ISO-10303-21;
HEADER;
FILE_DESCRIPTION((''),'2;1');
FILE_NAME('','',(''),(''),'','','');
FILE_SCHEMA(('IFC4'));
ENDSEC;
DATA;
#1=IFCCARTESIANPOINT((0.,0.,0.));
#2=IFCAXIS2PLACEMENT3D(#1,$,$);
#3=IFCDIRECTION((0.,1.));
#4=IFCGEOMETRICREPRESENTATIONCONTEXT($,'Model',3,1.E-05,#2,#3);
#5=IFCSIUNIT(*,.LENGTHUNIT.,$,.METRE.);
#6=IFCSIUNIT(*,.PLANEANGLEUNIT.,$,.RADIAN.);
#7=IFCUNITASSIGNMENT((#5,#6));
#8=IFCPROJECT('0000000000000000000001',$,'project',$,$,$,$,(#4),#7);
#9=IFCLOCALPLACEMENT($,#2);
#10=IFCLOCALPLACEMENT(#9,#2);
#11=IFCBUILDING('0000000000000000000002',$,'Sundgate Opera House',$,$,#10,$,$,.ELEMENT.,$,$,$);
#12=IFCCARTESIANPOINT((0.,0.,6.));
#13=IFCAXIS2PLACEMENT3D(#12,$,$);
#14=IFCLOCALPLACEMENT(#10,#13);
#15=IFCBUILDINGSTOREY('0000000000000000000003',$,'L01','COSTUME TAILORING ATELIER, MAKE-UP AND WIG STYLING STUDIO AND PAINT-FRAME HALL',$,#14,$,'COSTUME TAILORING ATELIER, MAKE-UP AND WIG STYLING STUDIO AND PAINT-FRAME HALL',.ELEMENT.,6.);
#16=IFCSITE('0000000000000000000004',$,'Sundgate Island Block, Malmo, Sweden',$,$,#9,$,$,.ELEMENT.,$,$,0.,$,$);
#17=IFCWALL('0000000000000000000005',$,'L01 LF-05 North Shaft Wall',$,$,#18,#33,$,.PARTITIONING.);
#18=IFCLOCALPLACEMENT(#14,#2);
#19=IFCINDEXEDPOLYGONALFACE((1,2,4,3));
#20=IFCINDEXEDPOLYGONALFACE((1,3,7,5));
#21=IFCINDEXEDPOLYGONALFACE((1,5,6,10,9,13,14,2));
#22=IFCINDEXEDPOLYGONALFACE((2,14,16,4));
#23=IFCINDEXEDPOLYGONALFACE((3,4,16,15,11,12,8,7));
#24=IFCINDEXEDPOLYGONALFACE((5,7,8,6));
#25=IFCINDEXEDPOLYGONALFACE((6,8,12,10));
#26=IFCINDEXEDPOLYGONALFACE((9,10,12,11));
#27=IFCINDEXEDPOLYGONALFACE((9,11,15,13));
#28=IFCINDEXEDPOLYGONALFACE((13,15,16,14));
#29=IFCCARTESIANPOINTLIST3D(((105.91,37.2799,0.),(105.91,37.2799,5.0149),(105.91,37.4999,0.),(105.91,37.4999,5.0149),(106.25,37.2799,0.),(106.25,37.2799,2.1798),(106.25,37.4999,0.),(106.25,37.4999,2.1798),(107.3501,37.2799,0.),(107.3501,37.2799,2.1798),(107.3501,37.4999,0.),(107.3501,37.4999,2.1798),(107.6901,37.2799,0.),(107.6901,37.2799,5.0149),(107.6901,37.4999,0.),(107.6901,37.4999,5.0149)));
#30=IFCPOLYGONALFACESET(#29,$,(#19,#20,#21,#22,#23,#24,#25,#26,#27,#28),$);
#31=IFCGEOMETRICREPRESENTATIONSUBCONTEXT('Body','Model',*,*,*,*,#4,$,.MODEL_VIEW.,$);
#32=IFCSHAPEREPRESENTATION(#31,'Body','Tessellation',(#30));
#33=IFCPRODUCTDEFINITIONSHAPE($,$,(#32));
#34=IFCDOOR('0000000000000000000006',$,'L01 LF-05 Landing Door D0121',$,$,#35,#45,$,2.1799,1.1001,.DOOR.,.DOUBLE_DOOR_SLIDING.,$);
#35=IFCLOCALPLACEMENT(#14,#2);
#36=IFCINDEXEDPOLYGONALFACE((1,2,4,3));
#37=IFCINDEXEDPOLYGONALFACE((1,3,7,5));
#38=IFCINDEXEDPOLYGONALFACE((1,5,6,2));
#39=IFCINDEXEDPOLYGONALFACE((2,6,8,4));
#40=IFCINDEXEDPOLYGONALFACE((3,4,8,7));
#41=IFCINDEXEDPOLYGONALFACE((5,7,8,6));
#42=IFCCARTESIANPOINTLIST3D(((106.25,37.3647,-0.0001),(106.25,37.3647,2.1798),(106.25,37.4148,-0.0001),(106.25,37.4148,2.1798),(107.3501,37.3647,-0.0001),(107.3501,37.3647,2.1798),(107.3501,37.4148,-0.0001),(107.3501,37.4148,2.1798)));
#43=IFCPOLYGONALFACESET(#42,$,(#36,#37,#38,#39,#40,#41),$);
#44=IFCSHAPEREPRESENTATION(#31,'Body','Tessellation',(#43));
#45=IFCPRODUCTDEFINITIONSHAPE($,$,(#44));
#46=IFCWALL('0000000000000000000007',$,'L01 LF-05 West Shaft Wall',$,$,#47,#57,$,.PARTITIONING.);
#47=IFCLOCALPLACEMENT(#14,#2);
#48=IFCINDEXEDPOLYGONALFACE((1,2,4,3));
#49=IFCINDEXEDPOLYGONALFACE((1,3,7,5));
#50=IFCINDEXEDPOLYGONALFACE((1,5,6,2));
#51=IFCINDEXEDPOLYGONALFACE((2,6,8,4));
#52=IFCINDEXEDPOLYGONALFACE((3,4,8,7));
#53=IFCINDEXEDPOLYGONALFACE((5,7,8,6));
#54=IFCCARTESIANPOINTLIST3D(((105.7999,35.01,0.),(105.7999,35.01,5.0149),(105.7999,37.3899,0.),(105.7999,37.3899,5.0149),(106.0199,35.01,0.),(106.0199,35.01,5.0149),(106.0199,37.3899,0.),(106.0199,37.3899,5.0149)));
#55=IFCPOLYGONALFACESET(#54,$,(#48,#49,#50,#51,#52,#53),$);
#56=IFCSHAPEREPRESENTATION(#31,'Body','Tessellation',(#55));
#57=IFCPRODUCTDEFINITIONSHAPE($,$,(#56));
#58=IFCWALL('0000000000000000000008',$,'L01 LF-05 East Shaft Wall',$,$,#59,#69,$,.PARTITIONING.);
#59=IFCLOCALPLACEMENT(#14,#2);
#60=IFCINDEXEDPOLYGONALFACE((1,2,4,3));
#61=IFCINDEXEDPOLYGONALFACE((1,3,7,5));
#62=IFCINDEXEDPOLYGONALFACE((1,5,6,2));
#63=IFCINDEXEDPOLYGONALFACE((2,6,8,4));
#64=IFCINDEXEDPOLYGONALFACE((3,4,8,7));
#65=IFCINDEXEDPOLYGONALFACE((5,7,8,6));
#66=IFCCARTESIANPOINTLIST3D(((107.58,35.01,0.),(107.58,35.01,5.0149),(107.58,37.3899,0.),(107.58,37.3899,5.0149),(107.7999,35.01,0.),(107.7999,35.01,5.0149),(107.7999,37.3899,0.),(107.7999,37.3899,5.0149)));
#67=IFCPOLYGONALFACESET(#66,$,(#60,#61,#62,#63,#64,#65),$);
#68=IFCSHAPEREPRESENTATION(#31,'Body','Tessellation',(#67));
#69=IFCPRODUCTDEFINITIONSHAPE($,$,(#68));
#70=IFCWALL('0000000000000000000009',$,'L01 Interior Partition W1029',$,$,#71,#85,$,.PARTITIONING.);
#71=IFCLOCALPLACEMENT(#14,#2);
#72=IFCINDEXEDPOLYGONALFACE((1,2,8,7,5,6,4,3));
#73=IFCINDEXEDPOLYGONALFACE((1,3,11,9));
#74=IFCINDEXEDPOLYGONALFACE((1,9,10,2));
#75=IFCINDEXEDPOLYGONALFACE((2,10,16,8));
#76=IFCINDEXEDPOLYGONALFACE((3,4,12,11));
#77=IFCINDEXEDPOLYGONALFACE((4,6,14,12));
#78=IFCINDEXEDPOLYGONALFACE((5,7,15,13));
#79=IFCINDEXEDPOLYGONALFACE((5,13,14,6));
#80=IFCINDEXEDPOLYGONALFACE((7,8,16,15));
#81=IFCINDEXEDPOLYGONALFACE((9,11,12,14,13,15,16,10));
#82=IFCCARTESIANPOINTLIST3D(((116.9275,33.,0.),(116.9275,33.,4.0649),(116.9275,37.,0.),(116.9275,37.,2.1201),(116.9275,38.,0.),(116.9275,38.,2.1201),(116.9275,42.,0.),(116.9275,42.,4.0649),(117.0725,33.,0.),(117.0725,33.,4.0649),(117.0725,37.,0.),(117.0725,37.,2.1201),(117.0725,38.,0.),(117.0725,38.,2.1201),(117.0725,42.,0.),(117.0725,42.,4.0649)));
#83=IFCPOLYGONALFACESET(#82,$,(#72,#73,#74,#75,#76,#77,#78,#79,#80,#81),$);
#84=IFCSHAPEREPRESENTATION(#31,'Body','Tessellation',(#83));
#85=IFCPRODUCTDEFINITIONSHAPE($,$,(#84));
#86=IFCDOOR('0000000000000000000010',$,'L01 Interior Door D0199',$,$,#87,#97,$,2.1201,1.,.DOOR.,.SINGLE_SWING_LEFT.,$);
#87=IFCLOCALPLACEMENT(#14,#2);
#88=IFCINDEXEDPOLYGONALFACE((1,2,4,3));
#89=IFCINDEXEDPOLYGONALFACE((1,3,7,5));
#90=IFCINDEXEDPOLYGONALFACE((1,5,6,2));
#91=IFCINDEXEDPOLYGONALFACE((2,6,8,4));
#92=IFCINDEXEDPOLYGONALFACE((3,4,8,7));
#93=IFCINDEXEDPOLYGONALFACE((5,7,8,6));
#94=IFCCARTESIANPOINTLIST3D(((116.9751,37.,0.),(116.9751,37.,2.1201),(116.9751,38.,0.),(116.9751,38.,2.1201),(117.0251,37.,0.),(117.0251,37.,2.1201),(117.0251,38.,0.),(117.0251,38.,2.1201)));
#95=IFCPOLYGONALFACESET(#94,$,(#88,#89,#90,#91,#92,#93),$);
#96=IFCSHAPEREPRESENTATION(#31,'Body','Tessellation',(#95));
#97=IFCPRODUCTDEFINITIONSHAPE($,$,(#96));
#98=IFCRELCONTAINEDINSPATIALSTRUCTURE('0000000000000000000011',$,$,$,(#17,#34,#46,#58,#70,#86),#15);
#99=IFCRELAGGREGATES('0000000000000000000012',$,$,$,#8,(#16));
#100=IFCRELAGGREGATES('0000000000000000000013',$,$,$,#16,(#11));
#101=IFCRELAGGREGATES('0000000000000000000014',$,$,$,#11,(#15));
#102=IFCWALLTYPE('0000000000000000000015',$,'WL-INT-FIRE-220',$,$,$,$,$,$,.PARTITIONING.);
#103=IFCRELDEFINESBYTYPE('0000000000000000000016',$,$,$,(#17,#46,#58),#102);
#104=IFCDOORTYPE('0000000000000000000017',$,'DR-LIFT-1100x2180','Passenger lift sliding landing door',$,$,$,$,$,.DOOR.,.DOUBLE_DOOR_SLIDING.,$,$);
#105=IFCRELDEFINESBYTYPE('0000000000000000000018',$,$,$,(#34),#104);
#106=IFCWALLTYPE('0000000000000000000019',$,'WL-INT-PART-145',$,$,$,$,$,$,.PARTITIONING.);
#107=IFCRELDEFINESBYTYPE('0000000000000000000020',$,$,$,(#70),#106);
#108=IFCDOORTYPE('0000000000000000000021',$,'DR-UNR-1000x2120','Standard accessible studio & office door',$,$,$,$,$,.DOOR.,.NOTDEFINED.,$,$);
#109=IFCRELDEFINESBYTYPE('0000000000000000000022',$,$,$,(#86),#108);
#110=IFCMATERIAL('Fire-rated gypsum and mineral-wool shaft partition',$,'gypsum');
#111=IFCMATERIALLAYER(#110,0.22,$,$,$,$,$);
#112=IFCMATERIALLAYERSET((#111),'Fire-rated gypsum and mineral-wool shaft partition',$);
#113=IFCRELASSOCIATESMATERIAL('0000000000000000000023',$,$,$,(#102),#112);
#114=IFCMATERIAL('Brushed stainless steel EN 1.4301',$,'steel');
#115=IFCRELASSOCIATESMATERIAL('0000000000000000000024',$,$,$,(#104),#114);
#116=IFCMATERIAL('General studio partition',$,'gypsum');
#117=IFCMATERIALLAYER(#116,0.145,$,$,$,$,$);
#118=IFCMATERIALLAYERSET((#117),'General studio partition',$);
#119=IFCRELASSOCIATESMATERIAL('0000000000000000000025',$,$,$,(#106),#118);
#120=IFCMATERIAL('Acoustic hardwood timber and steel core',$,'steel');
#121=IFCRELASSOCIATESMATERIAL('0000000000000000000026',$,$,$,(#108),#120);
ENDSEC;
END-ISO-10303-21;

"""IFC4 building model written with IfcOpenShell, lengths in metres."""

from ifc_helpers import new_model, si_unit, direction, frame, frame_2d, origin, place, context, subcontext, project, spatial, rectangle, extrude, material, layer, layer_set, type_object, element, fill, save


model = new_model("IFC4")

# Units and contexts
model_context = context("Model", 3, precision=1e-05, world=origin(), true_north=direction((0.0, 1.0)))
body_context = subcontext(model_context, "Body", "Model", "MODEL_VIEW")
ifc_project = project(units=[si_unit("LENGTHUNIT", "METRE"), si_unit("PLANEANGLEUNIT", "RADIAN")], contexts=[model_context])

# Site, building, storey
site_placement = place(None, origin())
site = spatial("IfcSite", under=ifc_project, at=site_placement, Name="Sundgate Island Block, Malmo, Sweden", CompositionType="ELEMENT", RefElevation=0.0)
building_placement = place(site_placement, origin())
building = spatial("IfcBuilding", under=site, at=building_placement, Name="Sundgate Opera House", CompositionType="ELEMENT")
storey_placement = place(building_placement, frame((0.0, 0.0, 6.0)))
storey = spatial("IfcBuildingStorey", under=building, at=storey_placement, Name="L01", Description="COSTUME TAILORING ATELIER, MAKE-UP AND WIG STYLING STUDIO AND PAINT-FRAME HALL", LongName="COSTUME TAILORING ATELIER, MAKE-UP AND WIG STYLING STUDIO AND PAINT-FRAME HALL", CompositionType="ELEMENT", Elevation=6.0)

# Shared definitions
ifc_material_1 = material(Name="Fire-rated gypsum and mineral-wool shaft partition", Category="gypsum")
ifc_layer_1 = layer(ifc_material_1, 0.22)
ifc_layer_set_1 = layer_set([ifc_layer_1], Name="Fire-rated gypsum and mineral-wool shaft partition")
wall_type_1 = type_object("IfcWallType", Name="WL-INT-FIRE-220", PredefinedType="PARTITIONING", material=ifc_layer_set_1)

# Wall, opening, door
wall_1_placement = place(storey_placement, frame((105.9099, 37.3899, 0.0), z_axis=(0.0, 0.0, 1.0), x_axis=(1.0, 0.0, 0.0)))
wall_1 = element("IfcWall", 1, at=wall_1_placement, inside=storey, type_object=wall_type_1, Name="L01 LF-05 North Shaft Wall", PredefinedType="PARTITIONING", context=body_context, shape_type="SweptSolid", body=[
    extrude(rectangle(XDim=1.78, YDim=0.22, at=frame_2d((0.8901, 0.0))), origin(), (0.0, 0.0, 1.0), 5.0149),
])
opening_1_placement = place(wall_1_placement, frame((0.3401, 0.0, 0.0)))
opening_1 = element("IfcOpeningElement", 2, at=opening_1_placement, cuts=wall_1, PredefinedType="OPENING", context=body_context, shape_type="SweptSolid", body=[
    extrude(rectangle(XDim=1.1001, YDim=2.1799, at=frame_2d((0.55, 1.0898))), frame((0.0, 0.1199, 0.0), z_axis=(0.0, -1.0, 0.0), x_axis=(1.0, 0.0, 0.0)), (0.0, 0.0, 1.0), 0.24),
])
ifc_material_2 = material(Name="Brushed stainless steel EN 1.4301", Category="steel")
door_type_1 = type_object("IfcDoorType", Name="DR-LIFT-1100x2180", Description="Passenger lift sliding landing door", OperationType="DOUBLE_DOOR_SLIDING", PredefinedType="DOOR", material=ifc_material_2)
door_1_placement = place(opening_1_placement, origin())
door_1 = element("IfcDoor", 3, at=door_1_placement, inside=storey, type_object=door_type_1, Name="L01 LF-05 Landing Door D0121", OperationType="DOUBLE_DOOR_SLIDING", OverallHeight=2.1799, OverallWidth=1.1001, PredefinedType="DOOR", context=body_context, shape_type="SweptSolid", body=[
    extrude(rectangle(XDim=1.1001, YDim=2.1799, at=frame_2d((0.55, 1.0898))), frame((0.0, 0.0249, 0.0), z_axis=(0.0, -1.0, 0.0), x_axis=(1.0, 0.0, 0.0)), (0.0, 0.0, 1.0), 0.05),
])
fill(opening_1, door_1)

# Walls
for number, where, z_axis, x_axis, name in (
    (4, (105.9099, 35.01, 0.0), (0.0, 0.0, 1.0), (0.0, 1.0, 0.0), "L01 LF-05 West Shaft Wall"),
    (5, (107.6899, 35.01, 0.0), (0.0, 0.0, 1.0), (0.0, 1.0, 0.0), "L01 LF-05 East Shaft Wall"),
):
    element("IfcWall", number, at=place(storey_placement, frame(where, z_axis=z_axis, x_axis=x_axis)), inside=storey, type_object=wall_type_1, Name=name, PredefinedType="PARTITIONING", context=body_context, shape_type="SweptSolid", body=[
        extrude(rectangle(XDim=2.3799, YDim=0.22, at=frame_2d((1.1899, 0.0))), origin(), (0.0, 0.0, 1.0), 5.0149),
    ])

# Wall, opening, door
ifc_material_3 = material(Name="General studio partition", Category="gypsum")
ifc_layer_2 = layer(ifc_material_3, 0.145)
ifc_layer_set_2 = layer_set([ifc_layer_2], Name="General studio partition")
wall_type_2 = type_object("IfcWallType", Name="WL-INT-PART-145", PredefinedType="PARTITIONING", material=ifc_layer_set_2)
wall_2_placement = place(storey_placement, frame((117.0, 33.0, 0.0), z_axis=(0.0, 0.0, 1.0), x_axis=(0.0, 1.0, 0.0)))
wall_2 = element("IfcWall", 6, at=wall_2_placement, inside=storey, type_object=wall_type_2, Name="L01 Interior Partition W1029", PredefinedType="PARTITIONING", context=body_context, shape_type="SweptSolid", body=[
    extrude(rectangle(XDim=9.0, YDim=0.145, at=frame_2d((4.5, 0.0))), origin(), (0.0, 0.0, 1.0), 4.0649),
])
opening_2_placement = place(wall_2_placement, frame((4.0, 0.0, 0.0)))
opening_2 = element("IfcOpeningElement", 7, at=opening_2_placement, cuts=wall_2, PredefinedType="OPENING", context=body_context, shape_type="SweptSolid", body=[
    extrude(rectangle(XDim=1.0, YDim=2.1201, at=frame_2d((0.5, 1.0601))), frame((0.0, 0.0825, 0.0), z_axis=(0.0, -1.0, 0.0), x_axis=(1.0, 0.0, 0.0)), (0.0, 0.0, 1.0), 0.165),
])
ifc_material_4 = material(Name="Acoustic hardwood timber and steel core", Category="steel")
door_type_2 = type_object("IfcDoorType", Name="DR-UNR-1000x2120", Description="Standard accessible studio & office door", OperationType="NOTDEFINED", PredefinedType="DOOR", material=ifc_material_4)
door_2_placement = place(opening_2_placement, origin())
door_2 = element("IfcDoor", 8, at=door_2_placement, inside=storey, type_object=door_type_2, Name="L01 Interior Door D0199", OperationType="SINGLE_SWING_LEFT", OverallHeight=2.1201, OverallWidth=1.0, PredefinedType="DOOR", context=body_context, shape_type="SweptSolid", body=[
    extrude(rectangle(XDim=1.0, YDim=2.1201, at=frame_2d((0.5, 1.0601))), frame((0.0, 0.0249, 0.0), z_axis=(0.0, -1.0, 0.0), x_axis=(1.0, 0.0, 0.0)), (0.0, 0.0, 1.0), 0.05),
])
fill(opening_2, door_2)

save(model, "model.ifc")
